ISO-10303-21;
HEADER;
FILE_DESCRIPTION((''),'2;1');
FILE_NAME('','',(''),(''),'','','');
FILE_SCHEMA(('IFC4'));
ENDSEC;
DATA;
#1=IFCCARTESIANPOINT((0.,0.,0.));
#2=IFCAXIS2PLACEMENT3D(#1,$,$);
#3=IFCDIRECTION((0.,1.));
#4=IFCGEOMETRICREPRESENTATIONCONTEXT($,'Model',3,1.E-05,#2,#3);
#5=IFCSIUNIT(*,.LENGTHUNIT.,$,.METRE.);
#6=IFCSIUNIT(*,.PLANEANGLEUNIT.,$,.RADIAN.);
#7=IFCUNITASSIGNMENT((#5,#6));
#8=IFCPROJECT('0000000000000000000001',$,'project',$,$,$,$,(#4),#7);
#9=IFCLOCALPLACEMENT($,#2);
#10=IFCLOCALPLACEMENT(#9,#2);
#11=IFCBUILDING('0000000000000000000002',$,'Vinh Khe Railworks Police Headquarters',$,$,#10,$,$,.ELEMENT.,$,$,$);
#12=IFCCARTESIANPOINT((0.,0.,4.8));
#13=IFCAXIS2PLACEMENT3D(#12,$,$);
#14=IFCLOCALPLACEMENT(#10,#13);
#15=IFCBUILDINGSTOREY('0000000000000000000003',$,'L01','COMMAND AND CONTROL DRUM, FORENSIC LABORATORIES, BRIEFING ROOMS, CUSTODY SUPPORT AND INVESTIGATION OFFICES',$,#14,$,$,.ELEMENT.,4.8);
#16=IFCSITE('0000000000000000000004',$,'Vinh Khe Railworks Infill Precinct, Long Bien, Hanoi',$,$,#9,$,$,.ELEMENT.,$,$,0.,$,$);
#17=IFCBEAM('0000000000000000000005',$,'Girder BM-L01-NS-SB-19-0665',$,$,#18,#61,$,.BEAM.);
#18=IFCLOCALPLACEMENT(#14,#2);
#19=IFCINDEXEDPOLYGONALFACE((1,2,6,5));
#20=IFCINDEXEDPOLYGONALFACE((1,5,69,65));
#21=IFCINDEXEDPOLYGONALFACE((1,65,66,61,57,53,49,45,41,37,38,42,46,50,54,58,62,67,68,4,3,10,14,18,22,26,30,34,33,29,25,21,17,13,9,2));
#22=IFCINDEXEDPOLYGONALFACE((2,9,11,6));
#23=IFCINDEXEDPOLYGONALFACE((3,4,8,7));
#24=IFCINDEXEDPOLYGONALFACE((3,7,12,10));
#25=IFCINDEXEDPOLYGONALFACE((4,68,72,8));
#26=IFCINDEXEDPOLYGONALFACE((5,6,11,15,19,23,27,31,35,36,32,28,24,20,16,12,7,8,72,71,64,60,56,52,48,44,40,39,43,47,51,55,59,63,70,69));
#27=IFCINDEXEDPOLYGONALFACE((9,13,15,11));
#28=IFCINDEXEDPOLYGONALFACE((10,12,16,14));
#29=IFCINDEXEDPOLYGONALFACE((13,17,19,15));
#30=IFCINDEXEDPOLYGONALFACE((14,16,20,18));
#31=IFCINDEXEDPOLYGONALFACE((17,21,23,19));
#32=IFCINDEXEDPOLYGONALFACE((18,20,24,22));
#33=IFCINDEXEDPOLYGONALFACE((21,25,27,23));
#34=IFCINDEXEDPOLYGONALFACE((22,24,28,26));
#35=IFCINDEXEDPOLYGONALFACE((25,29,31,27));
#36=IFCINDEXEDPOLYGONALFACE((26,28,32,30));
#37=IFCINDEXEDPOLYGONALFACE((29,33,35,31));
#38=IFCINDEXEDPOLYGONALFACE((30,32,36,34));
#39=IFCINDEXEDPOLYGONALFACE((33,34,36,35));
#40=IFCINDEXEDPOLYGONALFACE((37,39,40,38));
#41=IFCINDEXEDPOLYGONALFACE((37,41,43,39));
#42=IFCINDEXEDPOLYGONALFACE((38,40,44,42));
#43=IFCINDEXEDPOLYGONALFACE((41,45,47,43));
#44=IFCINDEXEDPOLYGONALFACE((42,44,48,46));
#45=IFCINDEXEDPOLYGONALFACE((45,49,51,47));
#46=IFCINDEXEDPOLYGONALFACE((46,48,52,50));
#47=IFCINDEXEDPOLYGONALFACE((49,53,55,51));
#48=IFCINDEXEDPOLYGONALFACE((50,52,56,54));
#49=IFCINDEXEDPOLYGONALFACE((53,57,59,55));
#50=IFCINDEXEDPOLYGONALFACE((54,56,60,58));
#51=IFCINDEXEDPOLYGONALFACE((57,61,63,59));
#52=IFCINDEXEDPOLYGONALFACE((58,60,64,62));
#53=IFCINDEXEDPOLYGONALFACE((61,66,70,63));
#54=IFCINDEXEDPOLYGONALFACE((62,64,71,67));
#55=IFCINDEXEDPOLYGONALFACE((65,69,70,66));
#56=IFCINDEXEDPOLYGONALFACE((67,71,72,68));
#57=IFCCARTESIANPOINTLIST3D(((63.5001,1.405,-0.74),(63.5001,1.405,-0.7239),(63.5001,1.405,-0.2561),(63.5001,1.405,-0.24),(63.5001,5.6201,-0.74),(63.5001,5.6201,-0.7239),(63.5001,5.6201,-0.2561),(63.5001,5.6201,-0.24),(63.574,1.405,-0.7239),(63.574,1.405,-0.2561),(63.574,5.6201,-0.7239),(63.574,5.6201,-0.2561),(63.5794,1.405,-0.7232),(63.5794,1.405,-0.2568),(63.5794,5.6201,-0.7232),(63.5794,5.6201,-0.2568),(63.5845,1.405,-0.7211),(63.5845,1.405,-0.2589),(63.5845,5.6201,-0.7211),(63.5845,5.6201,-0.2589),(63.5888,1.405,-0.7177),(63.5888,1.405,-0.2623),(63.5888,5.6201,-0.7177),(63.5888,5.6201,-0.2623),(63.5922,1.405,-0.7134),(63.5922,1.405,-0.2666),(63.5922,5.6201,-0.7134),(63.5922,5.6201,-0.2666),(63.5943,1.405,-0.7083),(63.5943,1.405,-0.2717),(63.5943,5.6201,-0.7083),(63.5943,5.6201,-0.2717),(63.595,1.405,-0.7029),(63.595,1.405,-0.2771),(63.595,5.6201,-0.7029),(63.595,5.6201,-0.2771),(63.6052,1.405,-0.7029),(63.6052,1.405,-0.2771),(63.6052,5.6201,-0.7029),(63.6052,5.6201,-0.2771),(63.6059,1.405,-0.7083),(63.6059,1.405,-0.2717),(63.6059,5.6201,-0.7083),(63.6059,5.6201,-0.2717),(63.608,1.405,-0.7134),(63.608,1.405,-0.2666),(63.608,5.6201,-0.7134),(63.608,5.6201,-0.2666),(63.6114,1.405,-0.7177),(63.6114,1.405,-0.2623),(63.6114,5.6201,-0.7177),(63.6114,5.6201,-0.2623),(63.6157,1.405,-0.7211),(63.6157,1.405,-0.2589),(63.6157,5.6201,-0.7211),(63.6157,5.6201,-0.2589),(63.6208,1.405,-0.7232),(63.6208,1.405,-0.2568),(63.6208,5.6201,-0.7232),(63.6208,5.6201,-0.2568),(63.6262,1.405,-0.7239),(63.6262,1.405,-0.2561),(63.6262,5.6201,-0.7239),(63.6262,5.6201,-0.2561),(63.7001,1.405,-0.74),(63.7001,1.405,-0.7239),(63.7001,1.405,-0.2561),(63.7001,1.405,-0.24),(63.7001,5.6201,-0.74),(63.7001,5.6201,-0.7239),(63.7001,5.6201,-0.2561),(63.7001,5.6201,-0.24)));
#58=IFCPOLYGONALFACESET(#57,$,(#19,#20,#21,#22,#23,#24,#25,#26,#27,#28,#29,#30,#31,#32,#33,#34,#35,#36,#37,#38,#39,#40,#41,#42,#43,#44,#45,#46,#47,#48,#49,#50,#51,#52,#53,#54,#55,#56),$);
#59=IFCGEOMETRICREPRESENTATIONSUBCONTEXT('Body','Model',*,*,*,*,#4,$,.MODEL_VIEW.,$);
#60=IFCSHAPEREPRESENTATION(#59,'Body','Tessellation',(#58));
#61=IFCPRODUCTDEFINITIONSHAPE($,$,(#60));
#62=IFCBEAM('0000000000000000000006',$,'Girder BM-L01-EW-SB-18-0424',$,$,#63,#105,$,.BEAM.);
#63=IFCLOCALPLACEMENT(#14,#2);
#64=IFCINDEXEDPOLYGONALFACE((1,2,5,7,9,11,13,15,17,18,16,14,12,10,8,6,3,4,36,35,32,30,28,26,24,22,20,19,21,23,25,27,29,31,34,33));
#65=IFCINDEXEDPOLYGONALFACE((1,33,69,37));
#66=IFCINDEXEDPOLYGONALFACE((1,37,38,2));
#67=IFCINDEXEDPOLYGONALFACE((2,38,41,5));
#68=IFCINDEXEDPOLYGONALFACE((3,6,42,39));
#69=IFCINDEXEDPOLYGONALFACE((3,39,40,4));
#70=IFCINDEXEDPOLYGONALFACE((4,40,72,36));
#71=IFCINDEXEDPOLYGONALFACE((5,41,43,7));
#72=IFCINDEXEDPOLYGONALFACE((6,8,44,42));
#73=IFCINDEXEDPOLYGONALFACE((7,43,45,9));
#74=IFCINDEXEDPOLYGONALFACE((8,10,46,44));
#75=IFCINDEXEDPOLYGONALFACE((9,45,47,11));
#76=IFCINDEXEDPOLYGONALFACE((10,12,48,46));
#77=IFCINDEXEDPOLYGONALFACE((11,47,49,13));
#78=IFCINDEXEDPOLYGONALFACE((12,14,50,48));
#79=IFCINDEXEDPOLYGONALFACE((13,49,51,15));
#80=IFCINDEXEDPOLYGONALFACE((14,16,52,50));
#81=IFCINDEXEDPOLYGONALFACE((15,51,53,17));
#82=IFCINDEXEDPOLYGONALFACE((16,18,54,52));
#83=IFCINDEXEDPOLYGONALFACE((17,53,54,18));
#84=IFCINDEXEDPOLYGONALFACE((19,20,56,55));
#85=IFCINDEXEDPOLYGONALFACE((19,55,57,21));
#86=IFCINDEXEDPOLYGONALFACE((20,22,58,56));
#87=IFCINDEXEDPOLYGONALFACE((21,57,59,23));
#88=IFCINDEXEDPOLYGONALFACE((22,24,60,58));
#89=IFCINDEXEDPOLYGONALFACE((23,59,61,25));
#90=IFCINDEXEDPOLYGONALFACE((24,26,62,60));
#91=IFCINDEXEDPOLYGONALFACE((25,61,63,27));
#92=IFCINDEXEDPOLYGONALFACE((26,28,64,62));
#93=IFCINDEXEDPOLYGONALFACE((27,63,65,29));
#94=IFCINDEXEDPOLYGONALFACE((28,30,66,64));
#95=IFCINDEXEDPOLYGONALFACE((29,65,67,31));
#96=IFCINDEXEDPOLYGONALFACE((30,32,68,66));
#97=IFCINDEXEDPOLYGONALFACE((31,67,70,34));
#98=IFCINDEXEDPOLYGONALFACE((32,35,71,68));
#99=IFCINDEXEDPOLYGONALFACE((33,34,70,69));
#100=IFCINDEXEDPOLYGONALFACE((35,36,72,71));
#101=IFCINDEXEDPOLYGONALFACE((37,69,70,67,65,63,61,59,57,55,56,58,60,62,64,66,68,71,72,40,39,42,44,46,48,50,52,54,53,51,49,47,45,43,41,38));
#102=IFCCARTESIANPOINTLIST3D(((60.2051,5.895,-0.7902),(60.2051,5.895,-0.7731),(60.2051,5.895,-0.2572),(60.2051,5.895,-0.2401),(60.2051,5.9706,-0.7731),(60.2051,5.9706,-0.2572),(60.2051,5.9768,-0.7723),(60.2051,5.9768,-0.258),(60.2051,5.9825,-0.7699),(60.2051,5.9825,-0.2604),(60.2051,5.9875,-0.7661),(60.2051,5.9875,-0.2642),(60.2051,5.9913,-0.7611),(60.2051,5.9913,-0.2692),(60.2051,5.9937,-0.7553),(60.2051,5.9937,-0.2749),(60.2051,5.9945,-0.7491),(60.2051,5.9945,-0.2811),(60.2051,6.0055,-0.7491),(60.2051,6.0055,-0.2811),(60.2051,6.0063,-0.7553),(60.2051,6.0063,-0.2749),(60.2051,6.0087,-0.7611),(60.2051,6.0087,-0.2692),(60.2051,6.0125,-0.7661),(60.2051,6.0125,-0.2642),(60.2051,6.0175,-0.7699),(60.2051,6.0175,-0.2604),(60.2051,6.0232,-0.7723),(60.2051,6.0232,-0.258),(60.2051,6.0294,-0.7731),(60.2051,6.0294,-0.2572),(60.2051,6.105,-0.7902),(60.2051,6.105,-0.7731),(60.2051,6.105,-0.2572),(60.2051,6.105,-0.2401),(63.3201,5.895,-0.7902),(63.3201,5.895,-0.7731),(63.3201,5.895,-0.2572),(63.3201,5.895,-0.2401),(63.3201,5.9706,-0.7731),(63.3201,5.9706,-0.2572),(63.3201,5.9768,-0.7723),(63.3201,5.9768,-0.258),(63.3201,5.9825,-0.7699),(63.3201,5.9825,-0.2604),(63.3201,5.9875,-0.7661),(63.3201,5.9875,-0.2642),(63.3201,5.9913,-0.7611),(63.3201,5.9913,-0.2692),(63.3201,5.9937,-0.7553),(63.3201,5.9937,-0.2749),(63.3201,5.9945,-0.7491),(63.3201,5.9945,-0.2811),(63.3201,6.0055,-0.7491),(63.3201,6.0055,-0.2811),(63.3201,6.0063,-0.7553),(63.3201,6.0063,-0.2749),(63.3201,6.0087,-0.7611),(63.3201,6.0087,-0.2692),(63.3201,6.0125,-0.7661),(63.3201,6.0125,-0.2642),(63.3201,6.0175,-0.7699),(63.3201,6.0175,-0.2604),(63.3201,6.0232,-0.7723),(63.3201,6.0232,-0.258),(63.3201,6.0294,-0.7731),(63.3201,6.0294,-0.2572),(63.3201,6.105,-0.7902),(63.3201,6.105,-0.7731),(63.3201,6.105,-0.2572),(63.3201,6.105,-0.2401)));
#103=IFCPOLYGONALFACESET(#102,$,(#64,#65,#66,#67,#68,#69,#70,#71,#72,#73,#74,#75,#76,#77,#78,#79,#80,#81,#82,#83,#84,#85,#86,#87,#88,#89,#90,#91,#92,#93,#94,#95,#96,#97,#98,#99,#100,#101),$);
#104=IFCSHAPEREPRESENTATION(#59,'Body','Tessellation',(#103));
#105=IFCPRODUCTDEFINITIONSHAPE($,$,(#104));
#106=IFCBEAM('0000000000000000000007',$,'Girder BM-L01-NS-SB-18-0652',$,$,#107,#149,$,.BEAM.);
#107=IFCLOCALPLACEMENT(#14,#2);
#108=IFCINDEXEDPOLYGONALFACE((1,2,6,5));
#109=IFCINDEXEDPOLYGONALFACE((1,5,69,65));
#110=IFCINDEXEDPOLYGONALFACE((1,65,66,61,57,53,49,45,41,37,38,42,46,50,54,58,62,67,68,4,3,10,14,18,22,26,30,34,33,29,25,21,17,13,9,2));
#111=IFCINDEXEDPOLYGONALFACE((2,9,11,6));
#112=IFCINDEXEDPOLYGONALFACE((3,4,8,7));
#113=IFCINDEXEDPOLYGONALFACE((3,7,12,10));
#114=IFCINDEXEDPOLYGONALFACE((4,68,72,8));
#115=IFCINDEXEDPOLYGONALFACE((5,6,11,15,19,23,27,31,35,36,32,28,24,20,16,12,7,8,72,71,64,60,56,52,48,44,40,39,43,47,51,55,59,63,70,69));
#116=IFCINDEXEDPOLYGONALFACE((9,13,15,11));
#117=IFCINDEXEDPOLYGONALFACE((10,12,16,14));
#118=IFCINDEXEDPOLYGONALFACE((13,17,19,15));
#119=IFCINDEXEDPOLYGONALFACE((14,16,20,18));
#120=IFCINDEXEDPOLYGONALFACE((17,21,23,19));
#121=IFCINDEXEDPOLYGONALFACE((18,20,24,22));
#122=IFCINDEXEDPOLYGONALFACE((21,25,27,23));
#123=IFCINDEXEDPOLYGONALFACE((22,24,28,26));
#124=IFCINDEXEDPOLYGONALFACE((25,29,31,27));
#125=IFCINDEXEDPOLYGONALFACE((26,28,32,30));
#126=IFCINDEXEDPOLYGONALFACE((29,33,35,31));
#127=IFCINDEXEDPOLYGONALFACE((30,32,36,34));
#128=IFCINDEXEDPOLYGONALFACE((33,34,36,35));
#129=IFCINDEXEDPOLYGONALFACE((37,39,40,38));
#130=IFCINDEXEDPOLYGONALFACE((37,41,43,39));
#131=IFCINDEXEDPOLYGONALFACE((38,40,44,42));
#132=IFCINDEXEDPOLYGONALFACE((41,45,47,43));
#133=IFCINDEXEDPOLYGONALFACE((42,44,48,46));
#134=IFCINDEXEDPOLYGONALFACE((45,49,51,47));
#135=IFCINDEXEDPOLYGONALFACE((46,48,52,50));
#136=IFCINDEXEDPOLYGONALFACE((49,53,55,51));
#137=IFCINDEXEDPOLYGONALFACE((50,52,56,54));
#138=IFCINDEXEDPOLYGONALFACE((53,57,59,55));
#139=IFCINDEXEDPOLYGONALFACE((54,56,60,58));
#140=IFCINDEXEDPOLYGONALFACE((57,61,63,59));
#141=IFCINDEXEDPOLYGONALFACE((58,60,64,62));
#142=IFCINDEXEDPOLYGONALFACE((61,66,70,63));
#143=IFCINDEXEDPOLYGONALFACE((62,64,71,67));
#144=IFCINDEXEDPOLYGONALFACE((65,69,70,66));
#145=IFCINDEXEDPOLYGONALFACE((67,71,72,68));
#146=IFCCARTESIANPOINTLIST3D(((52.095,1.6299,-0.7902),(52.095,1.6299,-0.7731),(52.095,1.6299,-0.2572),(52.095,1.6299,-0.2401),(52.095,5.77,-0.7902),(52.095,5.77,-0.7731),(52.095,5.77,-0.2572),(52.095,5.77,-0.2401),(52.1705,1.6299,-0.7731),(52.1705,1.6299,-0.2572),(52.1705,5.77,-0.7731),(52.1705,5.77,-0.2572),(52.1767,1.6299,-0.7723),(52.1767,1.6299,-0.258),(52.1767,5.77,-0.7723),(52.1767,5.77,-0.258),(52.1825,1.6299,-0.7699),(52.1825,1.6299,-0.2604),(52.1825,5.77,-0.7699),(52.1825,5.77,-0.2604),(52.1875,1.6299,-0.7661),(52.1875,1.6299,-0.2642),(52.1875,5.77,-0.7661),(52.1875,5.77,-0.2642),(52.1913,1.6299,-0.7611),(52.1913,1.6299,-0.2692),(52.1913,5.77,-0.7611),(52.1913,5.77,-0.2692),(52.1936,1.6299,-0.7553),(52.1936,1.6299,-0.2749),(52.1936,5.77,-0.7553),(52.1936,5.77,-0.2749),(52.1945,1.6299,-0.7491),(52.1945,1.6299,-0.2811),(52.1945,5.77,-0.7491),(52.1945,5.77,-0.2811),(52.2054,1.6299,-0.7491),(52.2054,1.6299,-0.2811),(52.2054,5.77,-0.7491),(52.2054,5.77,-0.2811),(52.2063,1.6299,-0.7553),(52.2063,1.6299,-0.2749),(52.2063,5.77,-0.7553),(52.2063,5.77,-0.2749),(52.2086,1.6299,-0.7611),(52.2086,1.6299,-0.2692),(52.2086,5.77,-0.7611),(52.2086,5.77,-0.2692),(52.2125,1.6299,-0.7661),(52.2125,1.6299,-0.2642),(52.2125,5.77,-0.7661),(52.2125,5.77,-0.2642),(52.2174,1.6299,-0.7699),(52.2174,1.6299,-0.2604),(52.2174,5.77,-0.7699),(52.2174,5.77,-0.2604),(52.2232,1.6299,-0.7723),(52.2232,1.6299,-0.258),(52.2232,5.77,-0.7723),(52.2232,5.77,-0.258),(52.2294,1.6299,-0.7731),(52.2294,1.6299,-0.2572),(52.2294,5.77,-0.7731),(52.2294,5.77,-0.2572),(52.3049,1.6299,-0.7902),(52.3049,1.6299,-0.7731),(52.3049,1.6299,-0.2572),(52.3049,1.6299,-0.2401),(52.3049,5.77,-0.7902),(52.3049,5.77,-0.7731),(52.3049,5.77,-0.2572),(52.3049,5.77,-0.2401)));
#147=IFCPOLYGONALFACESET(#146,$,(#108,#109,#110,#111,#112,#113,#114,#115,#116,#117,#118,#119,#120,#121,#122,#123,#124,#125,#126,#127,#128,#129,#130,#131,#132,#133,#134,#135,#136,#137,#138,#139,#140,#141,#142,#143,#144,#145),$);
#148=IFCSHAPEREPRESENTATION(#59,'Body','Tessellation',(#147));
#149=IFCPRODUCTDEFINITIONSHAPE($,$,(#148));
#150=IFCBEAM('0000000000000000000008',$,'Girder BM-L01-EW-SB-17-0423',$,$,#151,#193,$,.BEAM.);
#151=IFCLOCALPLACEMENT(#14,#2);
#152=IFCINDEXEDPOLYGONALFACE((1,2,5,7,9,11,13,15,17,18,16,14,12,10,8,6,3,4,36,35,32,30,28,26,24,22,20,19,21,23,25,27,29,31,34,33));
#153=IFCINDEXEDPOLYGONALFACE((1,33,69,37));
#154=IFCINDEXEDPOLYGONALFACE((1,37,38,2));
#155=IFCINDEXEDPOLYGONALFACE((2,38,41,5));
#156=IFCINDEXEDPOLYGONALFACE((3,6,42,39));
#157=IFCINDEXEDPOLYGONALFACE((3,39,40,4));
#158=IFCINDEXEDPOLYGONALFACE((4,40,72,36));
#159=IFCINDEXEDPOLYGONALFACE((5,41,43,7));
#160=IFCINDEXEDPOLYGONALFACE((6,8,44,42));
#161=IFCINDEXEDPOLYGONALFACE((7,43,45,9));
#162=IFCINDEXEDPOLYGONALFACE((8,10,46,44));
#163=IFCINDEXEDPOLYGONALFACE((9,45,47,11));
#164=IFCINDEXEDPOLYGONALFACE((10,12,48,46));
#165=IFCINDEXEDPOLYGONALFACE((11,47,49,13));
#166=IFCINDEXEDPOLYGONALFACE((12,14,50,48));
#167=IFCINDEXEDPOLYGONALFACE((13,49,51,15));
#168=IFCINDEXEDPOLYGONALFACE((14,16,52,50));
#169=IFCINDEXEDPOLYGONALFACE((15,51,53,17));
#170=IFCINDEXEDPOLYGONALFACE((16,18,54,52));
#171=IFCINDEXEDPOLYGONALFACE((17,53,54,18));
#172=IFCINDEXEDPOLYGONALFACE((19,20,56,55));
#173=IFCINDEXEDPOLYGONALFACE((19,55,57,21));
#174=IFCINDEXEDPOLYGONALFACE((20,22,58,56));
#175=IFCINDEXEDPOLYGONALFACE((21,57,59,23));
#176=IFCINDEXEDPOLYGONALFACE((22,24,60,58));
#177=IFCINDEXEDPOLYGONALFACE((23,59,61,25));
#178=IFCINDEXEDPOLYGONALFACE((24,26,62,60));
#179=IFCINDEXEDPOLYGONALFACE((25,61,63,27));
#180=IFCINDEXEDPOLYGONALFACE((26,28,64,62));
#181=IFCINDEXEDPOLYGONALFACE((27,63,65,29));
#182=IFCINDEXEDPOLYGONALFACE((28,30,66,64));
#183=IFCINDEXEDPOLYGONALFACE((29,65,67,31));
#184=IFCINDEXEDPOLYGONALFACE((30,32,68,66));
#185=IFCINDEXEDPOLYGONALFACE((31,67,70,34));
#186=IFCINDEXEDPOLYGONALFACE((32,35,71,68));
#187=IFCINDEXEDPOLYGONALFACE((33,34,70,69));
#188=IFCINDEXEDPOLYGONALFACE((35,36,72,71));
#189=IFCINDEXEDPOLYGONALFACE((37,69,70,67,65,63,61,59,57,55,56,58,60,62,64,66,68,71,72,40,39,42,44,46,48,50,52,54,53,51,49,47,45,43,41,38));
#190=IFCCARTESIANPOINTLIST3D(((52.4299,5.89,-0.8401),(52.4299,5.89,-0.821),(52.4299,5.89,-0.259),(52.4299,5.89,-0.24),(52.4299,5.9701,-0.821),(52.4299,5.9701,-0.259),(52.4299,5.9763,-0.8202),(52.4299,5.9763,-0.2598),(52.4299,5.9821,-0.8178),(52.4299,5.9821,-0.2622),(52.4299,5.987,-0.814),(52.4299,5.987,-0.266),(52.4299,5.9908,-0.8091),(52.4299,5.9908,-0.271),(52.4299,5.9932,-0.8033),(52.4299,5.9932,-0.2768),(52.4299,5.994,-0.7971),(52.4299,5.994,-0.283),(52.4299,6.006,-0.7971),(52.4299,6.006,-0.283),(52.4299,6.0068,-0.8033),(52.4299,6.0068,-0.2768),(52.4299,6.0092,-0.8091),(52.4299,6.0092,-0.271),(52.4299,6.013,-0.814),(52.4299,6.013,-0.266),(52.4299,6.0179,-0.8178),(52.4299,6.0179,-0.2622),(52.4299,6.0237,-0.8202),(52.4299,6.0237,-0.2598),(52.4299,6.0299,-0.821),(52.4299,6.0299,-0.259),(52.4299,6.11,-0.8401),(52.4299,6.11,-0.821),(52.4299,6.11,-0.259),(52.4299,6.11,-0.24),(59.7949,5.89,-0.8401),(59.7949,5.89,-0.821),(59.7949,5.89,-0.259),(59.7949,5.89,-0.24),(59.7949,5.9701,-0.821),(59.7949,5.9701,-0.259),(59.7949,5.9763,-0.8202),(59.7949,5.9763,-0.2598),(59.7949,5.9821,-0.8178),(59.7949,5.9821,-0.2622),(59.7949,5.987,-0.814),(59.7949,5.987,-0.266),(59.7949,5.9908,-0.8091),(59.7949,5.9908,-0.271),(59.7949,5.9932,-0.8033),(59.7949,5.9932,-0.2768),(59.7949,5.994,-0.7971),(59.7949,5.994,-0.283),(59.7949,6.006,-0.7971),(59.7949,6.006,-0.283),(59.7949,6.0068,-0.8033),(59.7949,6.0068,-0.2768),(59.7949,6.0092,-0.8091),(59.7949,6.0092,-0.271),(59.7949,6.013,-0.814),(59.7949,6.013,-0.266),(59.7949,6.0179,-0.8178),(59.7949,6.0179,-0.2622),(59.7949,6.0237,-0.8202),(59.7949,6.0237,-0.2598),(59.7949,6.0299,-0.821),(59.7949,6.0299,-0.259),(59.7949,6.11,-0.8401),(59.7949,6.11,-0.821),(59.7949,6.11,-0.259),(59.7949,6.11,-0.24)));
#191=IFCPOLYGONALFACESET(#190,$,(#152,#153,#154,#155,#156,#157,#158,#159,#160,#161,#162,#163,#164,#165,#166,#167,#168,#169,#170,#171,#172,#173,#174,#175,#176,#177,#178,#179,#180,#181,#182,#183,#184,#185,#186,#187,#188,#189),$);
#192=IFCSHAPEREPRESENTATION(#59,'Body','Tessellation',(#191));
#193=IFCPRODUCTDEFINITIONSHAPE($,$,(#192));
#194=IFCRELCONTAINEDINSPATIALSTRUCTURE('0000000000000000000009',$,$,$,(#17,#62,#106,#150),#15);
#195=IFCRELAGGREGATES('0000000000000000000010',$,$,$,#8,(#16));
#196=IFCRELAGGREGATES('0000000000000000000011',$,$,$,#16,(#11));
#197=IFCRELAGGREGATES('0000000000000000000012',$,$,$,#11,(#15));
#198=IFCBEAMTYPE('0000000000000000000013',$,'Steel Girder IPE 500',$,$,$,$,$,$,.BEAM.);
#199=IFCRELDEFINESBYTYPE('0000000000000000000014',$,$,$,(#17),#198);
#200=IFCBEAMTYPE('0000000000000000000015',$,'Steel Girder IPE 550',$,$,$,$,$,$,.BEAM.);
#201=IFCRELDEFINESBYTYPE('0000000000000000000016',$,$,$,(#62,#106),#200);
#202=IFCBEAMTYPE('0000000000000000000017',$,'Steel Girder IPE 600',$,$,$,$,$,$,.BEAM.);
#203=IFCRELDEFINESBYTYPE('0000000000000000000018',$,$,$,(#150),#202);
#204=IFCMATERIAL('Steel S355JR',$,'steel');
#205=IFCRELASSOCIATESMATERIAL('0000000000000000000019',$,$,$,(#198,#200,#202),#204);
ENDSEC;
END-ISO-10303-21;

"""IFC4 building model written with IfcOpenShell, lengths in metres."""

from ifc_helpers import new_model, si_unit, direction, frame, origin, origin_2d, place, context, subcontext, project, spatial, i_section, extrude, material, material_profile, profile_set, type_object, element, save


model = new_model("IFC4")

# Units and contexts
model_context = context("Model", 3, precision=1e-05, world=origin(), true_north=direction((0.0, 1.0)))
body_context = subcontext(model_context, "Body", "Model", "MODEL_VIEW")
ifc_project = project(units=[si_unit("LENGTHUNIT", "METRE"), si_unit("PLANEANGLEUNIT", "RADIAN")], contexts=[model_context])

# Site, building, storey
site_placement = place(None, origin())
site = spatial("IfcSite", under=ifc_project, at=site_placement, Name="Vinh Khe Railworks Infill Precinct, Long Bien, Hanoi", CompositionType="ELEMENT", RefElevation=0.0)
building_placement = place(site_placement, origin())
building = spatial("IfcBuilding", under=site, at=building_placement, Name="Vinh Khe Railworks Police Headquarters", CompositionType="ELEMENT")
storey_placement = place(building_placement, frame((0.0, 0.0, 4.8)))
storey = spatial("IfcBuildingStorey", under=building, at=storey_placement, Name="L01", Description="COMMAND AND CONTROL DRUM, FORENSIC LABORATORIES, BRIEFING ROOMS, CUSTODY SUPPORT AND INVESTIGATION OFFICES", CompositionType="ELEMENT", Elevation=4.8)

# Shared definitions
ifc_material_1 = material(Name="Steel S355JR", Category="steel")

# Beams
ifc_material_profile_1 = material_profile(ifc_material_1, i_section(OverallWidth=0.2, OverallDepth=0.5, WebThickness=0.0103, FlangeThickness=0.0161, FilletRadius=0.021, at=origin_2d()), Name="IPE 500")
ifc_profile_set_1 = profile_set([ifc_material_profile_1], Name="Steel S355JR")
beam_type_1 = type_object("IfcBeamType", Name="Steel Girder IPE 500", PredefinedType="BEAM", material=ifc_profile_set_1)
beam_1_placement = place(storey_placement, frame((63.6001, 1.405, -0.49), z_axis=(0.0, 1.0, 0.0), x_axis=(-1.0, 0.0, 0.0)))
element("IfcBeam", 1, at=beam_1_placement, inside=storey, type_object=beam_type_1, Name="Girder BM-L01-NS-SB-19-0665", PredefinedType="BEAM", context=body_context, shape_type="SweptSolid", body=[
    extrude(i_section(OverallWidth=0.2, OverallDepth=0.5, WebThickness=0.0103, FlangeThickness=0.0161, FilletRadius=0.021, at=origin_2d()), origin(), (0.0, 0.0, 1.0), 4.2151),
])
ifc_material_profile_2 = material_profile(ifc_material_1, i_section(OverallWidth=0.21, OverallDepth=0.55, WebThickness=0.011, FlangeThickness=0.0171, FilletRadius=0.0239, at=origin_2d()), Name="IPE 550")
ifc_profile_set_2 = profile_set([ifc_material_profile_2], Name="Steel S355JR")
beam_type_2 = type_object("IfcBeamType", Name="Steel Girder IPE 550", PredefinedType="BEAM", material=ifc_profile_set_2)
beam_2_placement = place(storey_placement, frame((60.2051, 6.0, -0.5151), z_axis=(1.0, 0.0, 0.0), x_axis=(0.0, 1.0, 0.0)))
element("IfcBeam", 2, at=beam_2_placement, inside=storey, type_object=beam_type_2, Name="Girder BM-L01-EW-SB-18-0424", PredefinedType="BEAM", context=body_context, shape_type="SweptSolid", body=[
    extrude(i_section(OverallWidth=0.21, OverallDepth=0.55, WebThickness=0.011, FlangeThickness=0.0171, FilletRadius=0.0239, at=origin_2d()), origin(), (0.0, 0.0, 1.0), 3.115),
])
beam_3_placement = place(storey_placement, frame((52.2, 1.6299, -0.5151), z_axis=(0.0, 1.0, 0.0), x_axis=(-1.0, 0.0, 0.0)))
element("IfcBeam", 3, at=beam_3_placement, inside=storey, type_object=beam_type_2, Name="Girder BM-L01-NS-SB-18-0652", PredefinedType="BEAM", context=body_context, shape_type="SweptSolid", body=[
    extrude(i_section(OverallWidth=0.21, OverallDepth=0.55, WebThickness=0.011, FlangeThickness=0.0171, FilletRadius=0.0239, at=origin_2d()), origin(), (0.0, 0.0, 1.0), 4.1401),
])
ifc_material_profile_3 = material_profile(ifc_material_1, i_section(OverallWidth=0.22, OverallDepth=0.6001, WebThickness=0.012, FlangeThickness=0.019, FilletRadius=0.0239, at=origin_2d()), Name="IPE 600")
ifc_profile_set_3 = profile_set([ifc_material_profile_3], Name="Steel S355JR")
beam_type_3 = type_object("IfcBeamType", Name="Steel Girder IPE 600", PredefinedType="BEAM", material=ifc_profile_set_3)
beam_4_placement = place(storey_placement, frame((52.4299, 6.0, -0.54), z_axis=(1.0, 0.0, 0.0), x_axis=(0.0, 1.0, 0.0)))
element("IfcBeam", 4, at=beam_4_placement, inside=storey, type_object=beam_type_3, Name="Girder BM-L01-EW-SB-17-0423", PredefinedType="BEAM", context=body_context, shape_type="SweptSolid", body=[
    extrude(i_section(OverallWidth=0.22, OverallDepth=0.6001, WebThickness=0.012, FlangeThickness=0.019, FilletRadius=0.0239, at=origin_2d()), origin(), (0.0, 0.0, 1.0), 7.365),
])

save(model, "model.ifc")
